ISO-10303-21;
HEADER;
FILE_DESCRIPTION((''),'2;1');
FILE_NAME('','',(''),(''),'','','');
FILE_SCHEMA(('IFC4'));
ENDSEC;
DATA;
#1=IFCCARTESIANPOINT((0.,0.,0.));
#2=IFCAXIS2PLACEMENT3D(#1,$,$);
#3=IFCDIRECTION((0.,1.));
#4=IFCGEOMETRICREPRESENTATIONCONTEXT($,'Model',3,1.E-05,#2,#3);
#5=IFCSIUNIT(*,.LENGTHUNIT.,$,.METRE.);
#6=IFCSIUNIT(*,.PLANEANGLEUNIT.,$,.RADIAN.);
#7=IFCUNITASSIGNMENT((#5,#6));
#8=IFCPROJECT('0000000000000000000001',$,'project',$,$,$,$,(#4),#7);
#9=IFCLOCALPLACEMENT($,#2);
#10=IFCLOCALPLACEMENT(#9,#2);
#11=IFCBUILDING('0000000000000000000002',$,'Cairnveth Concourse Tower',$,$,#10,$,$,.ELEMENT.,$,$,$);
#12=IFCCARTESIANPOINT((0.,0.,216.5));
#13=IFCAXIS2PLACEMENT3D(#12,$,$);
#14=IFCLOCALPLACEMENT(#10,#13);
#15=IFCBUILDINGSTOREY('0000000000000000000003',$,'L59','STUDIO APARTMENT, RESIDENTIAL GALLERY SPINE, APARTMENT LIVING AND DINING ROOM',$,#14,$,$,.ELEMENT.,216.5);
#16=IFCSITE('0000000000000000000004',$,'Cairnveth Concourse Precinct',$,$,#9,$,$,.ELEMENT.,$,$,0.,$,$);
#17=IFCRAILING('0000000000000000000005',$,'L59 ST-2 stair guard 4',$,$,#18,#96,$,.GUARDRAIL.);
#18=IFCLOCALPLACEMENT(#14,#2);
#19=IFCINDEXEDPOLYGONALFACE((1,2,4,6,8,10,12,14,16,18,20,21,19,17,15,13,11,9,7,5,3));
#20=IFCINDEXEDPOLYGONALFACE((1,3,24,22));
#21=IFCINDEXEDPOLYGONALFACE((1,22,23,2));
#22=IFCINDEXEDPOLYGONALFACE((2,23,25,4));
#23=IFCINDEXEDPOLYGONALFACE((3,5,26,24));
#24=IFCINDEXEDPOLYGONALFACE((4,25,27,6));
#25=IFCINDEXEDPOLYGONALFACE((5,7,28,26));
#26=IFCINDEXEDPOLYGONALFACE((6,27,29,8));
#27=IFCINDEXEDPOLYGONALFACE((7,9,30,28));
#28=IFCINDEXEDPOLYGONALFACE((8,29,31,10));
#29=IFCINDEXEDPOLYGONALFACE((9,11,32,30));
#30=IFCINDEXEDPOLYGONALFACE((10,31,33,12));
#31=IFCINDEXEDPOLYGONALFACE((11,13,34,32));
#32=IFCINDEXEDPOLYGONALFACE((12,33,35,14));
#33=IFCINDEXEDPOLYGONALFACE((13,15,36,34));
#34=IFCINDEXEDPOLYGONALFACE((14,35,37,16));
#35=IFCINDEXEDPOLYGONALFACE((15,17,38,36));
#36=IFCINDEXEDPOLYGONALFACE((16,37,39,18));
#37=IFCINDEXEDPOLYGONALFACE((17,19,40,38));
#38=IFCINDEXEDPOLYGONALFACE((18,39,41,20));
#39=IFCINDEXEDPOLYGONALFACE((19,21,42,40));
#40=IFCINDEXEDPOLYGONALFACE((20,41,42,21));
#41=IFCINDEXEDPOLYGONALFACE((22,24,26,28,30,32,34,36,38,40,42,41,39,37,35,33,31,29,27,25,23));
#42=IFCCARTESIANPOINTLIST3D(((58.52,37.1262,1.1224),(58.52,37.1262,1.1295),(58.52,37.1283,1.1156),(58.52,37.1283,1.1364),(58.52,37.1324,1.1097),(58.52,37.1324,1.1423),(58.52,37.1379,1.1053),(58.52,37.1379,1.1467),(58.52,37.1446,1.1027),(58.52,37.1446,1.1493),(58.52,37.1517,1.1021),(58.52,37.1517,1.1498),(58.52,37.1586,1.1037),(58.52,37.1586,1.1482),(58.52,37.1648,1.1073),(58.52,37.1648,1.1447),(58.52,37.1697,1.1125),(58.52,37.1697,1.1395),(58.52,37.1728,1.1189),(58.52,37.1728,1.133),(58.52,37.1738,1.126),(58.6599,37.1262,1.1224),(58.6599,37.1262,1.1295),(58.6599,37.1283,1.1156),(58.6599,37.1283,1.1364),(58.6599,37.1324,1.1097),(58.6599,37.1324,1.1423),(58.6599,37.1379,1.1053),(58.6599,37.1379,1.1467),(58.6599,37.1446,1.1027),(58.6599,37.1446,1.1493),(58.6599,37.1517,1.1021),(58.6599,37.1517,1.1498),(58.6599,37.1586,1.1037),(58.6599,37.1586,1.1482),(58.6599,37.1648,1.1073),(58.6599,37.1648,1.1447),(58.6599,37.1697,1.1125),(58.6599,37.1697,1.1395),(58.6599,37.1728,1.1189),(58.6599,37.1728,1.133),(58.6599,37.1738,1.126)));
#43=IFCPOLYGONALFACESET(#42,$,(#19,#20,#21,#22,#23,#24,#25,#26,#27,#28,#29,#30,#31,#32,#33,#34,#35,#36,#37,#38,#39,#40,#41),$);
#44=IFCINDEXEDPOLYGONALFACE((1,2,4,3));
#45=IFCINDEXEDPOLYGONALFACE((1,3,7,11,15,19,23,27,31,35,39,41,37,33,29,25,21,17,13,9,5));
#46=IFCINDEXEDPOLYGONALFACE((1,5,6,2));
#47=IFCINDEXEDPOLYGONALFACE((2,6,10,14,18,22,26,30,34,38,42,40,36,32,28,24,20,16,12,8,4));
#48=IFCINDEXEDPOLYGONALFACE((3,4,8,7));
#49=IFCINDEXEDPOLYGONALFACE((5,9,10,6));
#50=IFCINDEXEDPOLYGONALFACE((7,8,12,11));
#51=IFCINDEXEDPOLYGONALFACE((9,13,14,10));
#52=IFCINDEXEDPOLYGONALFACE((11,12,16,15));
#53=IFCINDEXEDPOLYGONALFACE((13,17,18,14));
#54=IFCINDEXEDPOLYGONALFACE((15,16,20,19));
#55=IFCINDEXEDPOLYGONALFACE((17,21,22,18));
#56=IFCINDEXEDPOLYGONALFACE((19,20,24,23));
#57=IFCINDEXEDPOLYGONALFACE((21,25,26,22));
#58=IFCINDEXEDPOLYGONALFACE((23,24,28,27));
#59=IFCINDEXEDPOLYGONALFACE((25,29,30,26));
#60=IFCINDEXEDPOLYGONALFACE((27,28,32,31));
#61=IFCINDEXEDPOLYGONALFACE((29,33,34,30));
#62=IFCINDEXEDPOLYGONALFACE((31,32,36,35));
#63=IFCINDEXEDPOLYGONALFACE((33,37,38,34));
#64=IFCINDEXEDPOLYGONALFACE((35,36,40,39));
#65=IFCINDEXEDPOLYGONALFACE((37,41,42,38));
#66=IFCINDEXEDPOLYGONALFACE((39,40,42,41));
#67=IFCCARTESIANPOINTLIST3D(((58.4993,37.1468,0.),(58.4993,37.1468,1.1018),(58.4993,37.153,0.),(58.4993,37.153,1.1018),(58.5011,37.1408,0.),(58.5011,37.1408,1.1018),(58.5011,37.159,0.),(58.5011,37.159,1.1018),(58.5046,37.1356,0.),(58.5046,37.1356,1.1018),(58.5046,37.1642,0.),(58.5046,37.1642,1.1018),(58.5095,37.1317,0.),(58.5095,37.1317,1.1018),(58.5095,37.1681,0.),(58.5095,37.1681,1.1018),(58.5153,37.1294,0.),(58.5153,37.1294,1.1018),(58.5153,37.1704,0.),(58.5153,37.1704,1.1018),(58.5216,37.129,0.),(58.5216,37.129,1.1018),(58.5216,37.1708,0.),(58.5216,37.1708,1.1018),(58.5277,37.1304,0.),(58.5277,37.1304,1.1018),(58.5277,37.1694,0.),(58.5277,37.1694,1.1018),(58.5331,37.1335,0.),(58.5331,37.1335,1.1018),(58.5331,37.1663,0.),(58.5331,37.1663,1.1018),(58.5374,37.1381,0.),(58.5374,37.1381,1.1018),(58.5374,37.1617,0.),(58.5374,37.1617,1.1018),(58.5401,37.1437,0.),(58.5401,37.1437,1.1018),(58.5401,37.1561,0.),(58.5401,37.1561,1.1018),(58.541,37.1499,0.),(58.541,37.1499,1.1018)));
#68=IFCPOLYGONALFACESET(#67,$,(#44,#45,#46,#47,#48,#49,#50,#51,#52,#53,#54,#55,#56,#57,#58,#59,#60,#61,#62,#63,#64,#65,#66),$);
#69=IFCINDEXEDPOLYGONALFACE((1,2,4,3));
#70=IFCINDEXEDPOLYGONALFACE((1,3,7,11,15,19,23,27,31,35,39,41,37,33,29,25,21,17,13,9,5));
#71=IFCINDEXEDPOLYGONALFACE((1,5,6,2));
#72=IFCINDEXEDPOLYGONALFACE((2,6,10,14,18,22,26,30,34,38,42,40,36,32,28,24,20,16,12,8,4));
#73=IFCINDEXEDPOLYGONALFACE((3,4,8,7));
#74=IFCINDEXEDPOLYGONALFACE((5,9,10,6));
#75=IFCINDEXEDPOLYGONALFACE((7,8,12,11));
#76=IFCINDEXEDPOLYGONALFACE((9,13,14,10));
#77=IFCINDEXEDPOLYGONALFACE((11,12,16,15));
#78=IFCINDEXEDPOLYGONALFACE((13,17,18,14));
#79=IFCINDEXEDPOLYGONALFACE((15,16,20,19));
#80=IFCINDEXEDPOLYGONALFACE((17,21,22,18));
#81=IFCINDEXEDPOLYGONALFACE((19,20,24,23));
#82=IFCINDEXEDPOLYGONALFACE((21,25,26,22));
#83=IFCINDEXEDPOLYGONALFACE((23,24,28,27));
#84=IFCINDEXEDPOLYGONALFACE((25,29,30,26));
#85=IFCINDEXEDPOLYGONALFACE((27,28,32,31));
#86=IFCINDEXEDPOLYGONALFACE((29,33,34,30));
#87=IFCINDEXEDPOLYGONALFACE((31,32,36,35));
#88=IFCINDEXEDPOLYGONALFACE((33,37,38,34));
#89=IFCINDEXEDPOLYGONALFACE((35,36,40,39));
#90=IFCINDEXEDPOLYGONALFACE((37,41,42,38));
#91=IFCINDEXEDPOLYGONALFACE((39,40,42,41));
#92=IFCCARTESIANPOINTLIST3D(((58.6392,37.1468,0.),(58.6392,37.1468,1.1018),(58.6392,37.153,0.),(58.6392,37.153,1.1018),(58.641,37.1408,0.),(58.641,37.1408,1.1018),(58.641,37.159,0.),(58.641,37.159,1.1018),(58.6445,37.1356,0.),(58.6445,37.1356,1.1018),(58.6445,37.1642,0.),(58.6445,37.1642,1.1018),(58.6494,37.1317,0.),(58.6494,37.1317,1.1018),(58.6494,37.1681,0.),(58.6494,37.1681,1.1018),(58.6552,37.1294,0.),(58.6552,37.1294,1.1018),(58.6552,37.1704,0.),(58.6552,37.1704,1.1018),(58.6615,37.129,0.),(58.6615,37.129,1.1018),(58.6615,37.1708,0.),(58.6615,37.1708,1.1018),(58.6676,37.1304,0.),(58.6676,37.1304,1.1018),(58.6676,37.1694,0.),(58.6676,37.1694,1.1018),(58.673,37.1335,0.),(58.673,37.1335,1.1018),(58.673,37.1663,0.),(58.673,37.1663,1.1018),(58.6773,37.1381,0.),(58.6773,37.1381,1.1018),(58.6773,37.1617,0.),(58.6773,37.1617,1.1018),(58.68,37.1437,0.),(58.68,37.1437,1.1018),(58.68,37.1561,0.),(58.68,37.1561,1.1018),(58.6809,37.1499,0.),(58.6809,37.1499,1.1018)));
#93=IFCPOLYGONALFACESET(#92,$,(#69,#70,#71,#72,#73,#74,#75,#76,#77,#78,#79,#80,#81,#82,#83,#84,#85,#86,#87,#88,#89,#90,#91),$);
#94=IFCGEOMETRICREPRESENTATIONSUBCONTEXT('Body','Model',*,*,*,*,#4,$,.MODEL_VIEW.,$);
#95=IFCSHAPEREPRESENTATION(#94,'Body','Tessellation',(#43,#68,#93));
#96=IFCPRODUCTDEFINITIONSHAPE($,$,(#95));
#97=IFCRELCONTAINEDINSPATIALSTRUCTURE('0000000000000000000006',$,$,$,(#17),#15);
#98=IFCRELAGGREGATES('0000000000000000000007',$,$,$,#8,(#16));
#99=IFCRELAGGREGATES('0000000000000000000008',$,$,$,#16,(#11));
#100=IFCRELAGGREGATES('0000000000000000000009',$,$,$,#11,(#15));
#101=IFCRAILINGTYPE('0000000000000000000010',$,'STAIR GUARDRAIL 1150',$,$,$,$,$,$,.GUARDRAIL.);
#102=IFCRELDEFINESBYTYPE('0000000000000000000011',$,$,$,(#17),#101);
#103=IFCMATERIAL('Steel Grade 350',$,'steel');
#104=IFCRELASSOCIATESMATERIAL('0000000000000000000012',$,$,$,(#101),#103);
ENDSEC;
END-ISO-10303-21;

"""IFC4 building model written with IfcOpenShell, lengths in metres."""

from ifc_helpers import new_model, si_unit, direction, frame, origin, origin_2d, place, context, subcontext, project, spatial, circle, extrude, material, type_object, element, save


model = new_model("IFC4")

# Units and contexts
model_context = context("Model", 3, precision=1e-05, world=origin(), true_north=direction((0.0, 1.0)))
body_context = subcontext(model_context, "Body", "Model", "MODEL_VIEW")
ifc_project = project(units=[si_unit("LENGTHUNIT", "METRE"), si_unit("PLANEANGLEUNIT", "RADIAN")], contexts=[model_context])

# Site, building, storey
site_placement = place(None, origin())
site = spatial("IfcSite", under=ifc_project, at=site_placement, Name="Cairnveth Concourse Precinct", CompositionType="ELEMENT", RefElevation=0.0)
building_placement = place(site_placement, origin())
building = spatial("IfcBuilding", under=site, at=building_placement, Name="Cairnveth Concourse Tower", CompositionType="ELEMENT")
storey_placement = place(building_placement, frame((0.0, 0.0, 216.5)))
storey = spatial("IfcBuildingStorey", under=building, at=storey_placement, Name="L59", Description="STUDIO APARTMENT, RESIDENTIAL GALLERY SPINE, APARTMENT LIVING AND DINING ROOM", CompositionType="ELEMENT", Elevation=216.5)

# Shared definitions
ifc_material_1 = material(Name="Steel Grade 350", Category="steel")

# Railing
railing_type_1 = type_object("IfcRailingType", Name="STAIR GUARDRAIL 1150", PredefinedType="GUARDRAIL", material=ifc_material_1)
railing_1_placement = place(storey_placement, frame((58.52, 37.1499, 0.0)))
element("IfcRailing", 1, at=railing_1_placement, inside=storey, type_object=railing_type_1, Name="L59 ST-2 stair guard 4", PredefinedType="GUARDRAIL", context=body_context, shape_type="SweptSolid", body=[
    extrude(circle(Radius=0.0239, at=origin_2d()), frame((0.0, 0.0, 1.126), z_axis=(1.0, 0.0, 0.0), x_axis=(0.0, 1.0, 0.0)), (0.0, 0.0, 1.0), 0.1399),
    extrude(circle(Radius=0.021, at=origin_2d()), origin(), (0.0, 0.0, 1.0), 1.1018),
    extrude(circle(Radius=0.021, at=origin_2d()), frame((0.1399, 0.0, 0.0)), (0.0, 0.0, 1.0), 1.1018),
])

save(model, "model.ifc")
